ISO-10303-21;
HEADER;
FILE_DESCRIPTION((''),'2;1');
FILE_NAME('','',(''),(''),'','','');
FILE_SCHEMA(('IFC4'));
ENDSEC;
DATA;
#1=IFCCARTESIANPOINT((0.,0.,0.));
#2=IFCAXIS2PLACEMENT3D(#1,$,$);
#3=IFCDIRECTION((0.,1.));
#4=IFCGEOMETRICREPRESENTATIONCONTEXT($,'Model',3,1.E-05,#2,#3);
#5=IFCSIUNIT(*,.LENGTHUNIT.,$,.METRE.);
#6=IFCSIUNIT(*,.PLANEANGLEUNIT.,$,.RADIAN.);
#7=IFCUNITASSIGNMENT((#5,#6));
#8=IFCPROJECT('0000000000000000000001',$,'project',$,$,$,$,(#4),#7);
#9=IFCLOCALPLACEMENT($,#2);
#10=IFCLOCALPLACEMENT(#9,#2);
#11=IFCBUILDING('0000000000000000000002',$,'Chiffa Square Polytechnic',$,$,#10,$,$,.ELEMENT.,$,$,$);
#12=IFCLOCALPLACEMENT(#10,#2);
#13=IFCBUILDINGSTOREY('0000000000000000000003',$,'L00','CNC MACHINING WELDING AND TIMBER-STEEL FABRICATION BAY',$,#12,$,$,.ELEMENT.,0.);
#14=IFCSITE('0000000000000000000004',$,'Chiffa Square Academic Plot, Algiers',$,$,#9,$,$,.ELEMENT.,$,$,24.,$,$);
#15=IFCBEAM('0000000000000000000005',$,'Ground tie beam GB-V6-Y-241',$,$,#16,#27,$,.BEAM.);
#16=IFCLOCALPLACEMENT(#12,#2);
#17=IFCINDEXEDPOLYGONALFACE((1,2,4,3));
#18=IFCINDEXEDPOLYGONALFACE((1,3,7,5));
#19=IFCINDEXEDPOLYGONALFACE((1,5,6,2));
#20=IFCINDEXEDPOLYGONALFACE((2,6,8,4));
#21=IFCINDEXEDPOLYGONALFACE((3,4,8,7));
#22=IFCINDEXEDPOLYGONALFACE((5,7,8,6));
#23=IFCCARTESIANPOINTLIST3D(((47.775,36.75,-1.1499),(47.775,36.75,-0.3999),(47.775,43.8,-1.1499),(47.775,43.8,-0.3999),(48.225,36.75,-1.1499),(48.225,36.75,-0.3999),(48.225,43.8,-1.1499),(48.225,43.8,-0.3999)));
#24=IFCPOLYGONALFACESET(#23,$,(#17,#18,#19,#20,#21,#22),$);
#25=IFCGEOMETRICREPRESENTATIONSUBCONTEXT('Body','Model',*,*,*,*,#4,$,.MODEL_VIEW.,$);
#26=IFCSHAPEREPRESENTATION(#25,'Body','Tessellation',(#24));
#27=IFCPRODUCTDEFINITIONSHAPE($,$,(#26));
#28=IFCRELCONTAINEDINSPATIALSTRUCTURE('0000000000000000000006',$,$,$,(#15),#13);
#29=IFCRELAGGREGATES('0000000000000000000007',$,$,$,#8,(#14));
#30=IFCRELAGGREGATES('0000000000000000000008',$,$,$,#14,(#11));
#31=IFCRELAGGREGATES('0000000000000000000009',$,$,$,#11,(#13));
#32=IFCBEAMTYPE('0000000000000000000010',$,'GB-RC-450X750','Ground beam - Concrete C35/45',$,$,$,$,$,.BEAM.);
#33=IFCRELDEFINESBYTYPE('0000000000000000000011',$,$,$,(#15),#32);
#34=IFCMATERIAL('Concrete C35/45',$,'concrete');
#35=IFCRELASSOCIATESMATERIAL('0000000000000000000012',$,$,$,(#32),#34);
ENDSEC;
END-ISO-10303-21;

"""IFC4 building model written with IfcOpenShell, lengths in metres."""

from ifc_helpers import new_model, si_unit, direction, frame, origin, origin_2d, place, context, subcontext, project, spatial, rectangle, extrude, material, material_profile, profile_set, type_object, element, save


model = new_model("IFC4")

# Units and contexts
model_context = context("Model", 3, precision=1e-05, world=origin(), true_north=direction((0.0, 1.0)))
body_context = subcontext(model_context, "Body", "Model", "MODEL_VIEW")
ifc_project = project(units=[si_unit("LENGTHUNIT", "METRE"), si_unit("PLANEANGLEUNIT", "RADIAN")], contexts=[model_context])

# Site, building, storey
site_placement = place(None, origin())
site = spatial("IfcSite", under=ifc_project, at=site_placement, Name="Chiffa Square Academic Plot, Algiers", CompositionType="ELEMENT", RefElevation=24.0)
building_placement = place(site_placement, origin())
building = spatial("IfcBuilding", under=site, at=building_placement, Name="Chiffa Square Polytechnic", CompositionType="ELEMENT")
storey_placement = place(building_placement, origin())
storey = spatial("IfcBuildingStorey", under=building, at=storey_placement, Name="L00", Description="CNC MACHINING WELDING AND TIMBER-STEEL FABRICATION BAY", CompositionType="ELEMENT", Elevation=0.0)

# Shared definitions
ifc_material_1 = material(Name="Concrete C35/45", Category="concrete")

# Beam
ifc_material_profile_1 = material_profile(ifc_material_1, rectangle(XDim=0.45, YDim=0.75, at=origin_2d()), Name="RC 450x750")
ifc_profile_set_1 = profile_set([ifc_material_profile_1], Name="Concrete C35/45")
beam_type = type_object("IfcBeamType", Name="GB-RC-450X750", Description="Ground beam - Concrete C35/45", PredefinedType="BEAM", material=ifc_profile_set_1)
beam_1_placement = place(storey_placement, frame((48.0, 36.75, -0.7749), z_axis=(0.0, 1.0, 0.0), x_axis=(-1.0, 0.0, 0.0)))
element("IfcBeam", 1, at=beam_1_placement, inside=storey, type_object=beam_type, Name="Ground tie beam GB-V6-Y-241", PredefinedType="BEAM", context=body_context, shape_type="SweptSolid", body=[
    extrude(rectangle(XDim=0.45, YDim=0.75, at=origin_2d()), origin(), (0.0, 0.0, 1.0), 7.05),
])

save(model, "model.ifc")
